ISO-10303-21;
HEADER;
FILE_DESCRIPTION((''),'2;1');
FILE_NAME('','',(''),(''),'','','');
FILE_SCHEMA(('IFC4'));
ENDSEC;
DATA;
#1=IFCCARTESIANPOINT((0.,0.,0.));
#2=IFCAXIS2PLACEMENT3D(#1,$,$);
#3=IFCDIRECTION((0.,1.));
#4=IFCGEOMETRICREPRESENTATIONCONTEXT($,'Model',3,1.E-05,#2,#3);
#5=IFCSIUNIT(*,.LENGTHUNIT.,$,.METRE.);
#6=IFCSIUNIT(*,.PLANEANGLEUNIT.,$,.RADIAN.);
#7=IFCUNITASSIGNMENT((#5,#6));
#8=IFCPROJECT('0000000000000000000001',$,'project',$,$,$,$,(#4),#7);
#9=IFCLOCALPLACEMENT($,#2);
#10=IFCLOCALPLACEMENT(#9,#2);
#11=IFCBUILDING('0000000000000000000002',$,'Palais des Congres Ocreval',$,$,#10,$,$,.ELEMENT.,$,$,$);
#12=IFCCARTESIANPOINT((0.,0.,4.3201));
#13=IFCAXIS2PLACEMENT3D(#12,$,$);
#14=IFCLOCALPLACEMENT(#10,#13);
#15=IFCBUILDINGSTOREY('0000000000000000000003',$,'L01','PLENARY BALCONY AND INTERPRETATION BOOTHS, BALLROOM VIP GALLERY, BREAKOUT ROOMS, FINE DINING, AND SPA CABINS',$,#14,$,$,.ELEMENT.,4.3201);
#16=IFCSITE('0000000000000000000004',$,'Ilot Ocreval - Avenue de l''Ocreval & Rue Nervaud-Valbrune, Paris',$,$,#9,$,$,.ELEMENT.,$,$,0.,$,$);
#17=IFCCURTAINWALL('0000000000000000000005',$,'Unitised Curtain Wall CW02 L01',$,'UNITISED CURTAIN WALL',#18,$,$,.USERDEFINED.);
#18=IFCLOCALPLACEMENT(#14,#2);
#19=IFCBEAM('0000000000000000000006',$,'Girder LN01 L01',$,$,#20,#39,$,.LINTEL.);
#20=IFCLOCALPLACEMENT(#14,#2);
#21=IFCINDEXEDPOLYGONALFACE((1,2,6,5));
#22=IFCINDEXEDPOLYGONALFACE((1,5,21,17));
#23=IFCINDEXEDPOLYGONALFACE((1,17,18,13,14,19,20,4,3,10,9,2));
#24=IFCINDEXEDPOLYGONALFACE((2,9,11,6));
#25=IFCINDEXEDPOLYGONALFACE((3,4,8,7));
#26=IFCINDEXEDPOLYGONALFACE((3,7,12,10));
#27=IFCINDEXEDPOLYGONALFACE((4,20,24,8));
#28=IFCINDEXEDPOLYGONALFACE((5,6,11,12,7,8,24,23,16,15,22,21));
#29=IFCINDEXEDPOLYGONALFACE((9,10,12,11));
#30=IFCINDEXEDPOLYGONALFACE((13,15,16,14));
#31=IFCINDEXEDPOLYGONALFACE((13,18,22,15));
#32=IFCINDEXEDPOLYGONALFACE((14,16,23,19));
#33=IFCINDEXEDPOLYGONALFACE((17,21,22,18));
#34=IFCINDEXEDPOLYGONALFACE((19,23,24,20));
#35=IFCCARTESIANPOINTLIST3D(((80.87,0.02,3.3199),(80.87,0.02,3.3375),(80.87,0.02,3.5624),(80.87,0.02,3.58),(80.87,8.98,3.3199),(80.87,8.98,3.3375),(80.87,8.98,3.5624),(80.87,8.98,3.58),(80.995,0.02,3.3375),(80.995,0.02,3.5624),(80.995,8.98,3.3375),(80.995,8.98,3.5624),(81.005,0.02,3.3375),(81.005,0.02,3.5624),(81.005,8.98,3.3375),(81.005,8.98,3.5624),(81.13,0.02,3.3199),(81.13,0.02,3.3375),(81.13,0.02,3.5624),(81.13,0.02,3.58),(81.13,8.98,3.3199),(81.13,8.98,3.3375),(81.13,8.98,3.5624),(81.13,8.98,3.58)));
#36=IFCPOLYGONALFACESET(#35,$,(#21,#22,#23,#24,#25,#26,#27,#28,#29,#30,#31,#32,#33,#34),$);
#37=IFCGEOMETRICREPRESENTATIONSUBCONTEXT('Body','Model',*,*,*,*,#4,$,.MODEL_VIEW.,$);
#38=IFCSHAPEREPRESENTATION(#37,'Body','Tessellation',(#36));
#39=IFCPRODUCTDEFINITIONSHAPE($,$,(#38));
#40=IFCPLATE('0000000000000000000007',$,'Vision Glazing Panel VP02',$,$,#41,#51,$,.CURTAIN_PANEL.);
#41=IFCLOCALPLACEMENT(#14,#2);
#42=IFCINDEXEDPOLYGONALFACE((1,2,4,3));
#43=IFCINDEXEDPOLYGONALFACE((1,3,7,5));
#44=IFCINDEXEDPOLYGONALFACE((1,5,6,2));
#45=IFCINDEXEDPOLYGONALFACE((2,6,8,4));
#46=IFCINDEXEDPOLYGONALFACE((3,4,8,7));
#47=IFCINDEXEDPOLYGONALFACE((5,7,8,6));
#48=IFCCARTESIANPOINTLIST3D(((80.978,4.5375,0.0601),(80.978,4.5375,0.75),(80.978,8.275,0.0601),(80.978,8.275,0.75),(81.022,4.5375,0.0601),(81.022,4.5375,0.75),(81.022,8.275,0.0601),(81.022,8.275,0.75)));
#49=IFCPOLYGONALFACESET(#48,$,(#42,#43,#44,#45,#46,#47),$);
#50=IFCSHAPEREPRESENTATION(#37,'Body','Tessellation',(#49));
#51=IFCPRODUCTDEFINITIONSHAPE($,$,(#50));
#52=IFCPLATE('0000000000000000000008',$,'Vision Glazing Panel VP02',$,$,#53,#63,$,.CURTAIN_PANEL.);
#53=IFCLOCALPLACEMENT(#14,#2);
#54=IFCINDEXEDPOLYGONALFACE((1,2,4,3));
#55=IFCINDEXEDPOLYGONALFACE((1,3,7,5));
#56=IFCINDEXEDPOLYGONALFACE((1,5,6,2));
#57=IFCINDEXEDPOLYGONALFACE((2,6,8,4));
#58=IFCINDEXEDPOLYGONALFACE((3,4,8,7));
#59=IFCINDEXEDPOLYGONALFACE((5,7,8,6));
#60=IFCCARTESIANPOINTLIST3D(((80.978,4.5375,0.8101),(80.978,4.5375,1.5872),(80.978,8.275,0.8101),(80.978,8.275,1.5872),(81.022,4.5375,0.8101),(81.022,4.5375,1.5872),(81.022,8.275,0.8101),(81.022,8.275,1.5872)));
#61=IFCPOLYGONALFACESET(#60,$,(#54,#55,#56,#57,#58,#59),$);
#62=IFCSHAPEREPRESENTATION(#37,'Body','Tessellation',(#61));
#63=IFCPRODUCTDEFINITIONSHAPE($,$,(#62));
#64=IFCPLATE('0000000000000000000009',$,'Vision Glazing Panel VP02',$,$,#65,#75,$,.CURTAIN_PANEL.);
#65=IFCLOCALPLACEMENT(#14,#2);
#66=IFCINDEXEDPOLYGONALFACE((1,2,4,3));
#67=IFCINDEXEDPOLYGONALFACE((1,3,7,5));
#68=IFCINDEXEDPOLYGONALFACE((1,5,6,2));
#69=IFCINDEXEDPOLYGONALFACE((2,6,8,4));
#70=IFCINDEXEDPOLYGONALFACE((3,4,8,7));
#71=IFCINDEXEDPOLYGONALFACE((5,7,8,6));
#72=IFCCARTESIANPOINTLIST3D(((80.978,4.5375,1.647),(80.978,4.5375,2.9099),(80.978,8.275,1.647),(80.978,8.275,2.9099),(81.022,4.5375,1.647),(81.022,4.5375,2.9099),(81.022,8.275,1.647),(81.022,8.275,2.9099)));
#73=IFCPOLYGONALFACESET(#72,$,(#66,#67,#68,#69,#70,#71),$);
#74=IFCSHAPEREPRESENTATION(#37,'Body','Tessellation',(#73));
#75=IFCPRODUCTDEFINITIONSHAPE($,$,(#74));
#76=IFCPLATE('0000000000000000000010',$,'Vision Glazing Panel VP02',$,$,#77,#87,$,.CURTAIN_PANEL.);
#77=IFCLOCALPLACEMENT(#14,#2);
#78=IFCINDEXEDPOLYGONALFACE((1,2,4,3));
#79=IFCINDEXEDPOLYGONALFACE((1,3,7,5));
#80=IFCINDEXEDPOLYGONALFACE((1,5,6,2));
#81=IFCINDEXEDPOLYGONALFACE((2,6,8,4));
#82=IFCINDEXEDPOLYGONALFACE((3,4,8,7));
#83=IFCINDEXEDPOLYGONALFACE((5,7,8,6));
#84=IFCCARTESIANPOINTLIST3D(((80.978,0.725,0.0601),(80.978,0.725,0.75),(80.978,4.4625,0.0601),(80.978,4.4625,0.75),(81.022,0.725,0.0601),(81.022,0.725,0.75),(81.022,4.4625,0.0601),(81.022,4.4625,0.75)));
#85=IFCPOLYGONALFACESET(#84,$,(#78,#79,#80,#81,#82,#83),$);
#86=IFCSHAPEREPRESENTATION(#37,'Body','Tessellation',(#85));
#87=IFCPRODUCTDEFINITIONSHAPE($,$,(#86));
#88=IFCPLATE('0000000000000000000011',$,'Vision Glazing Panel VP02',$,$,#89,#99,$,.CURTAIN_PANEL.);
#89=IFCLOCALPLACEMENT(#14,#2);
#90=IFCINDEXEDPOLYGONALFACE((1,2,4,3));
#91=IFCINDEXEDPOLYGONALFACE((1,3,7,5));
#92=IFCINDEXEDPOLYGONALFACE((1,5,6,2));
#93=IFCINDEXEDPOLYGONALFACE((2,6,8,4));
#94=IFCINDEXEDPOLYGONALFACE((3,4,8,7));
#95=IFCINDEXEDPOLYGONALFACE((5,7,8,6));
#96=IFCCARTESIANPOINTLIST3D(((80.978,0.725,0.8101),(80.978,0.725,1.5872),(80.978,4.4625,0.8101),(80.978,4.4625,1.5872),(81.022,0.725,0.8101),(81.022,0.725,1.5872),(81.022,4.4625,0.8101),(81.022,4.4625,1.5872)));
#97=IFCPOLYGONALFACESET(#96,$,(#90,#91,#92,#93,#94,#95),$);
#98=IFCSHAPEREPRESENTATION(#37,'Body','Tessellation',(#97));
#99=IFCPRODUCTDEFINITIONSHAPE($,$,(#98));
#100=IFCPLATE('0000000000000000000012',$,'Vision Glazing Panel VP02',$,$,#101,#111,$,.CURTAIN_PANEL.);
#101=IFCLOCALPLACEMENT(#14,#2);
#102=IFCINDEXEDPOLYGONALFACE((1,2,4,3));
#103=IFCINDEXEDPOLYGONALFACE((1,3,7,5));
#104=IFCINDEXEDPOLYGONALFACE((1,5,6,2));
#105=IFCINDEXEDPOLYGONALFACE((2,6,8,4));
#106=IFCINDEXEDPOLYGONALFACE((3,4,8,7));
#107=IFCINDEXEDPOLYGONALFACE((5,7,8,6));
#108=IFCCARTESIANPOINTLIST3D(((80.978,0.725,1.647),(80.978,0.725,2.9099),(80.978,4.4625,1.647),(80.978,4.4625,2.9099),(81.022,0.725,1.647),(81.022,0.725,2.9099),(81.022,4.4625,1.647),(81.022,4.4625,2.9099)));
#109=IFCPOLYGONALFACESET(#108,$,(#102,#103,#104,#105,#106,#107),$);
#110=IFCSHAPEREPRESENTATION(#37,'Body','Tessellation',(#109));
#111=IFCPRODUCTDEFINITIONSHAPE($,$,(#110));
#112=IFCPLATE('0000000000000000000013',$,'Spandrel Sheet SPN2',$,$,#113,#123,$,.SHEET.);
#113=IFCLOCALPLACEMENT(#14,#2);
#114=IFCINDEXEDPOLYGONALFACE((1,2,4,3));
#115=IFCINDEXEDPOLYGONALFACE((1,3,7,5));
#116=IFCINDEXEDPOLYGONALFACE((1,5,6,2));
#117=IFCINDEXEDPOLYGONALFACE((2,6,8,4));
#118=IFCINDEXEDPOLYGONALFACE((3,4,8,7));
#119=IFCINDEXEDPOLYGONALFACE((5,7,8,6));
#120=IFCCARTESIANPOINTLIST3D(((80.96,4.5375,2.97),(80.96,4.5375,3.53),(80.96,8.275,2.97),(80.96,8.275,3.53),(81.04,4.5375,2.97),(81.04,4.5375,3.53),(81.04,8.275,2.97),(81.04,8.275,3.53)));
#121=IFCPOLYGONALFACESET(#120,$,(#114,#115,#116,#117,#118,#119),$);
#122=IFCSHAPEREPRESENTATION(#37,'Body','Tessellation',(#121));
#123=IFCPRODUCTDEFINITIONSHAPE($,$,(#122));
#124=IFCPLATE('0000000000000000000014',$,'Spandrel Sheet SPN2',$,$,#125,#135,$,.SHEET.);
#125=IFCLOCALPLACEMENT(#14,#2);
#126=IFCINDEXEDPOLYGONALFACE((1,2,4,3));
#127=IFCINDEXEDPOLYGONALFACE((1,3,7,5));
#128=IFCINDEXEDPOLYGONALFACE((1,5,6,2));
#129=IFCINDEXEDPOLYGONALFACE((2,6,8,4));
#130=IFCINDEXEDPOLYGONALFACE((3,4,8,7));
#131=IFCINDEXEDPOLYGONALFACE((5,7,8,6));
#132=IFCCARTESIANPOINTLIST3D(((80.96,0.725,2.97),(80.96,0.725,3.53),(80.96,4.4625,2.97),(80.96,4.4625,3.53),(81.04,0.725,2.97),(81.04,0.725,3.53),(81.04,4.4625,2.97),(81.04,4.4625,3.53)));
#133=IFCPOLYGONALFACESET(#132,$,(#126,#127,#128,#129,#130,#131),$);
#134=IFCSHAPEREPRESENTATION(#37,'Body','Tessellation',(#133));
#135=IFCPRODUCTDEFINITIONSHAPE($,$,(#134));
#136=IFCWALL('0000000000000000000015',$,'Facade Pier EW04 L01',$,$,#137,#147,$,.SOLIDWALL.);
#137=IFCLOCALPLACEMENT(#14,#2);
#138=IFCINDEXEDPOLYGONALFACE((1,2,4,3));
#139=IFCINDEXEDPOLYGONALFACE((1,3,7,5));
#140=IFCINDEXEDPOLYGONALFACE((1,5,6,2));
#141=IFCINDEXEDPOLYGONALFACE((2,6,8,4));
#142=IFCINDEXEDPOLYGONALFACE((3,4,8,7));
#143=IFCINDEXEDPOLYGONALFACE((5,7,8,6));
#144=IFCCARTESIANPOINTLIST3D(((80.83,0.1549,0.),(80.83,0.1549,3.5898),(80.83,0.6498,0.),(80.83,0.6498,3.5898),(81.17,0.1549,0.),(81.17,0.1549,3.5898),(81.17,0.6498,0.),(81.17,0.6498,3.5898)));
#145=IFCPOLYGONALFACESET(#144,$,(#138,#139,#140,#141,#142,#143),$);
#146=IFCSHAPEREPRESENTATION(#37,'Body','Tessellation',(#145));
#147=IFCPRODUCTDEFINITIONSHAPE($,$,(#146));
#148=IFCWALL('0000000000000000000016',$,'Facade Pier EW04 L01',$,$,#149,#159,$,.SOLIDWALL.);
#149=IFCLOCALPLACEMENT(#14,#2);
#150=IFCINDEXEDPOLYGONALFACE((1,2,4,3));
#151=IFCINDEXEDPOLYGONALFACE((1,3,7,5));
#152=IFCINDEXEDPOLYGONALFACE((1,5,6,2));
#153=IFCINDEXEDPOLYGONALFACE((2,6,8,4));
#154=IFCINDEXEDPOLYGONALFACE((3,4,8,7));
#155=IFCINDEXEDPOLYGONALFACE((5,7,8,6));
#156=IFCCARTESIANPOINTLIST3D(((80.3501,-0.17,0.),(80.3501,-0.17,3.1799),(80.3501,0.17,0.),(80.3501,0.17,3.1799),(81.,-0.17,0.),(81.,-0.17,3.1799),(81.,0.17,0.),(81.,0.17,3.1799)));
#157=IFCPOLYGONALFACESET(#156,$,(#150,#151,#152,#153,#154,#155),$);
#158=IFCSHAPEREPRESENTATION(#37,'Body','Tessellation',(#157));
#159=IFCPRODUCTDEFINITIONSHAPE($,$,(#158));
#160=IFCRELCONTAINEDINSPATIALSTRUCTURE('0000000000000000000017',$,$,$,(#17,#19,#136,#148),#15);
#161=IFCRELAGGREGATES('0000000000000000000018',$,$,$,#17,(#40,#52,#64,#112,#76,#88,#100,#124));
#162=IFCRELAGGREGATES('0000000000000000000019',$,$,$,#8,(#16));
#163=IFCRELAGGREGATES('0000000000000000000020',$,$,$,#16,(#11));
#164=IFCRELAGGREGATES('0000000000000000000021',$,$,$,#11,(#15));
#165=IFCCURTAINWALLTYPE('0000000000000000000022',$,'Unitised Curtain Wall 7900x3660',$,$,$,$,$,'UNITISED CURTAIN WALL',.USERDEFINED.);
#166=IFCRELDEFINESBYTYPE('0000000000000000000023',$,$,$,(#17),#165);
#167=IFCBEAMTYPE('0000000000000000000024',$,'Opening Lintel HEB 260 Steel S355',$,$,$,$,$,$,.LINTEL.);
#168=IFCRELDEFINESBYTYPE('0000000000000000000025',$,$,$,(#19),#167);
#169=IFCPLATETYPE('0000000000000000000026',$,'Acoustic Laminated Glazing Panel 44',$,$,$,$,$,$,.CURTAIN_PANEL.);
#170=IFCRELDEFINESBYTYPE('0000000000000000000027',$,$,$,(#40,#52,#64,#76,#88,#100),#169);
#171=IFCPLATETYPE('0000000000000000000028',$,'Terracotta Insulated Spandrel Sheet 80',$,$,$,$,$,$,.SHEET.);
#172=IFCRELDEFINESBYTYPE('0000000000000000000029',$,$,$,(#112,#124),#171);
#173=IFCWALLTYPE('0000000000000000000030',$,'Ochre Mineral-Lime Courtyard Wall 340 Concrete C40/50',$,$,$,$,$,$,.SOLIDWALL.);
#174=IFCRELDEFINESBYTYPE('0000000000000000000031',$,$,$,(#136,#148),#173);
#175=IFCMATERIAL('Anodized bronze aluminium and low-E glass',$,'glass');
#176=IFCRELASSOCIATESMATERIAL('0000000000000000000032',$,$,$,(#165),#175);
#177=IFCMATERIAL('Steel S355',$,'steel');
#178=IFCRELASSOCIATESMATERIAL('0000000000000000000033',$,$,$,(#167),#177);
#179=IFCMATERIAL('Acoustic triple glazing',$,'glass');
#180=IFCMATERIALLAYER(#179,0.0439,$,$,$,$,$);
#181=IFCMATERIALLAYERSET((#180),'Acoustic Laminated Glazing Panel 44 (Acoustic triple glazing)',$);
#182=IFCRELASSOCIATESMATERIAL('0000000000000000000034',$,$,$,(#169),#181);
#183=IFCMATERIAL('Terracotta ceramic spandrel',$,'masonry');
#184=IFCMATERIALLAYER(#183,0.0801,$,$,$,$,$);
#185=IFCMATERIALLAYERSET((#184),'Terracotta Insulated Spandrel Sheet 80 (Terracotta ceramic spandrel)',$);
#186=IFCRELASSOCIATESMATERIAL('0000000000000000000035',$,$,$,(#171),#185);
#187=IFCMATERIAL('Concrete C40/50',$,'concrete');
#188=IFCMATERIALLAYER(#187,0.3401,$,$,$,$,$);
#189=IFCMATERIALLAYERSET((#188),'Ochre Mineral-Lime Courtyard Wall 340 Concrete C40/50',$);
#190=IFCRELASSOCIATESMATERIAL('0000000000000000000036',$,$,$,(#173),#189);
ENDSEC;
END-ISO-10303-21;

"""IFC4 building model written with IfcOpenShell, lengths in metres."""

from ifc_helpers import new_model, si_unit, direction, frame, frame_2d, origin, origin_2d, place, context, subcontext, project, spatial, rectangle, i_section, extrude, material, layer, layer_set, material_profile, profile_set, type_object, element, aggregate, save


model = new_model("IFC4")

# Units and contexts
model_context = context("Model", 3, precision=1e-05, world=origin(), true_north=direction((0.0, 1.0)))
body_context = subcontext(model_context, "Body", "Model", "MODEL_VIEW")
ifc_project = project(units=[si_unit("LENGTHUNIT", "METRE"), si_unit("PLANEANGLEUNIT", "RADIAN")], contexts=[model_context])

# Site, building, storey
site_placement = place(None, origin())
site = spatial("IfcSite", under=ifc_project, at=site_placement, Name="Ilot Ocreval - Avenue de l'Ocreval & Rue Nervaud-Valbrune, Paris", CompositionType="ELEMENT", RefElevation=0.0)
building_placement = place(site_placement, origin())
building = spatial("IfcBuilding", under=site, at=building_placement, Name="Palais des Congres Ocreval", CompositionType="ELEMENT")
storey_placement = place(building_placement, frame((0.0, 0.0, 4.3201)))
storey = spatial("IfcBuildingStorey", under=building, at=storey_placement, Name="L01", Description="PLENARY BALCONY AND INTERPRETATION BOOTHS, BALLROOM VIP GALLERY, BREAKOUT ROOMS, FINE DINING, AND SPA CABINS", CompositionType="ELEMENT", Elevation=4.3201)

# Shared definitions
ifc_material_1 = material(Name="Steel S355", Category="steel")

# Curtain wall
ifc_material_2 = material(Name="Anodized bronze aluminium and low-E glass", Category="glass")
curtain_wall_type = type_object("IfcCurtainWallType", Name="Unitised Curtain Wall 7900x3660", ElementType="UNITISED CURTAIN WALL", PredefinedType="USERDEFINED", material=ifc_material_2)
curtain_wall_placement = place(storey_placement, origin())
curtain_wall = element("IfcCurtainWall", 1, at=curtain_wall_placement, inside=storey, type_object=curtain_wall_type, Name="Unitised Curtain Wall CW02 L01", ObjectType="UNITISED CURTAIN WALL", PredefinedType="USERDEFINED")

# Beam
ifc_material_profile_1 = material_profile(ifc_material_1, i_section(OverallWidth=0.26, OverallDepth=0.26, WebThickness=0.01, FlangeThickness=0.0176, at=origin_2d()), Name="HEB 260")
ifc_profile_set_1 = profile_set([ifc_material_profile_1], Name="Steel S355")
beam_type = type_object("IfcBeamType", Name="Opening Lintel HEB 260 Steel S355", PredefinedType="LINTEL", material=ifc_profile_set_1)
beam_placement = place(storey_placement, frame((81.0, 0.02, 3.45), z_axis=(0.0, 1.0, 0.0), x_axis=(-1.0, 0.0, 0.0)))
element("IfcBeam", 2, at=beam_placement, inside=storey, type_object=beam_type, Name="Girder LN01 L01", PredefinedType="LINTEL", context=body_context, shape_type="SweptSolid", body=[
    extrude(i_section(OverallWidth=0.26, OverallDepth=0.26, WebThickness=0.01, FlangeThickness=0.0176, at=origin_2d()), origin(), (0.0, 0.0, 1.0), 8.96),
])

# Plates
ifc_material_3 = material(Name="Acoustic triple glazing", Category="glass")
ifc_layer_1 = layer(ifc_material_3, 0.0439)
ifc_layer_set_1 = layer_set([ifc_layer_1], Name="Acoustic Laminated Glazing Panel 44 (Acoustic triple glazing)")
plate_type_1 = type_object("IfcPlateType", Name="Acoustic Laminated Glazing Panel 44", PredefinedType="CURTAIN_PANEL", material=ifc_layer_set_1)
plate_1_placement = place(storey_placement, frame((81.0, 6.4062, 0.0601), z_axis=(0.0, 0.0, 1.0), x_axis=(0.0, -1.0, 0.0)))
plate_1 = element("IfcPlate", 3, at=plate_1_placement, type_object=plate_type_1, Name="Vision Glazing Panel VP02", PredefinedType="CURTAIN_PANEL", context=body_context, shape_type="SweptSolid", body=[
    extrude(rectangle(XDim=3.7375, YDim=0.0439, at=origin_2d()), origin(), (0.0, 0.0, 1.0), 0.6899),
])
plate_2_placement = place(storey_placement, frame((81.0, 6.4062, 0.8101), z_axis=(0.0, 0.0, 1.0), x_axis=(0.0, -1.0, 0.0)))
plate_2 = element("IfcPlate", 4, at=plate_2_placement, type_object=plate_type_1, Name="Vision Glazing Panel VP02", PredefinedType="CURTAIN_PANEL", context=body_context, shape_type="SweptSolid", body=[
    extrude(rectangle(XDim=3.7375, YDim=0.0439, at=origin_2d()), origin(), (0.0, 0.0, 1.0), 0.7771),
])
plate_3_placement = place(storey_placement, frame((81.0, 6.4062, 1.647), z_axis=(0.0, 0.0, 1.0), x_axis=(0.0, -1.0, 0.0)))
plate_3 = element("IfcPlate", 5, at=plate_3_placement, type_object=plate_type_1, Name="Vision Glazing Panel VP02", PredefinedType="CURTAIN_PANEL", context=body_context, shape_type="SweptSolid", body=[
    extrude(rectangle(XDim=3.7375, YDim=0.0439, at=origin_2d()), origin(), (0.0, 0.0, 1.0), 1.2629),
])
plate_4_placement = place(storey_placement, frame((81.0, 2.5938, 0.0601), z_axis=(0.0, 0.0, 1.0), x_axis=(0.0, -1.0, 0.0)))
plate_4 = element("IfcPlate", 6, at=plate_4_placement, type_object=plate_type_1, Name="Vision Glazing Panel VP02", PredefinedType="CURTAIN_PANEL", context=body_context, shape_type="SweptSolid", body=[
    extrude(rectangle(XDim=3.7375, YDim=0.0439, at=origin_2d()), origin(), (0.0, 0.0, 1.0), 0.6899),
])
plate_5_placement = place(storey_placement, frame((81.0, 2.5938, 0.8101), z_axis=(0.0, 0.0, 1.0), x_axis=(0.0, -1.0, 0.0)))
plate_5 = element("IfcPlate", 7, at=plate_5_placement, type_object=plate_type_1, Name="Vision Glazing Panel VP02", PredefinedType="CURTAIN_PANEL", context=body_context, shape_type="SweptSolid", body=[
    extrude(rectangle(XDim=3.7375, YDim=0.0439, at=origin_2d()), origin(), (0.0, 0.0, 1.0), 0.7771),
])
plate_6_placement = place(storey_placement, frame((81.0, 2.5938, 1.647), z_axis=(0.0, 0.0, 1.0), x_axis=(0.0, -1.0, 0.0)))
plate_6 = element("IfcPlate", 8, at=plate_6_placement, type_object=plate_type_1, Name="Vision Glazing Panel VP02", PredefinedType="CURTAIN_PANEL", context=body_context, shape_type="SweptSolid", body=[
    extrude(rectangle(XDim=3.7375, YDim=0.0439, at=origin_2d()), origin(), (0.0, 0.0, 1.0), 1.2629),
])
ifc_material_4 = material(Name="Terracotta ceramic spandrel", Category="masonry")
ifc_layer_2 = layer(ifc_material_4, 0.0801)
ifc_layer_set_2 = layer_set([ifc_layer_2], Name="Terracotta Insulated Spandrel Sheet 80 (Terracotta ceramic spandrel)")
plate_type_2 = type_object("IfcPlateType", Name="Terracotta Insulated Spandrel Sheet 80", PredefinedType="SHEET", material=ifc_layer_set_2)
plate_7_placement = place(storey_placement, frame((81.0, 6.4062, 2.97), z_axis=(0.0, 0.0, 1.0), x_axis=(0.0, -1.0, 0.0)))
plate_7 = element("IfcPlate", 9, at=plate_7_placement, type_object=plate_type_2, Name="Spandrel Sheet SPN2", PredefinedType="SHEET", context=body_context, shape_type="SweptSolid", body=[
    extrude(rectangle(XDim=3.7375, YDim=0.0801, at=origin_2d()), origin(), (0.0, 0.0, 1.0), 0.5601),
])
plate_8_placement = place(storey_placement, frame((81.0, 2.5938, 2.97), z_axis=(0.0, 0.0, 1.0), x_axis=(0.0, -1.0, 0.0)))
plate_8 = element("IfcPlate", 10, at=plate_8_placement, type_object=plate_type_2, Name="Spandrel Sheet SPN2", PredefinedType="SHEET", context=body_context, shape_type="SweptSolid", body=[
    extrude(rectangle(XDim=3.7375, YDim=0.0801, at=origin_2d()), origin(), (0.0, 0.0, 1.0), 0.5601),
])
aggregate(curtain_wall, [plate_1, plate_2, plate_3, plate_7, plate_4, plate_5, plate_6, plate_8])

# Walls
ifc_material_5 = material(Name="Concrete C40/50", Category="concrete")
ifc_layer_3 = layer(ifc_material_5, 0.3401)
ifc_layer_set_3 = layer_set([ifc_layer_3], Name="Ochre Mineral-Lime Courtyard Wall 340 Concrete C40/50")
wall_type = type_object("IfcWallType", Name="Ochre Mineral-Lime Courtyard Wall 340 Concrete C40/50", PredefinedType="SOLIDWALL", material=ifc_layer_set_3)
wall_1_placement = place(storey_placement, frame((81.0, 0.6499, 0.0), z_axis=(0.0, 0.0, 1.0), x_axis=(0.0, -1.0, 0.0)))
element("IfcWall", 11, at=wall_1_placement, inside=storey, type_object=wall_type, Name="Facade Pier EW04 L01", PredefinedType="SOLIDWALL", context=body_context, shape_type="SweptSolid", body=[
    extrude(rectangle(XDim=0.4949, YDim=0.3401, at=frame_2d((0.2476, 0.0))), origin(), (0.0, 0.0, 1.0), 3.5898),
])
wall_2_placement = place(storey_placement, frame((81.0, 0.0, 0.0), z_axis=(0.0, 0.0, 1.0), x_axis=(-1.0, 0.0, 0.0)))
element("IfcWall", 12, at=wall_2_placement, inside=storey, type_object=wall_type, Name="Facade Pier EW04 L01", PredefinedType="SOLIDWALL", context=body_context, shape_type="SweptSolid", body=[
    extrude(rectangle(XDim=0.6499, YDim=0.3401, at=frame_2d((0.325, 0.0))), origin(), (0.0, 0.0, 1.0), 3.1799),
])

save(model, "model.ifc")
